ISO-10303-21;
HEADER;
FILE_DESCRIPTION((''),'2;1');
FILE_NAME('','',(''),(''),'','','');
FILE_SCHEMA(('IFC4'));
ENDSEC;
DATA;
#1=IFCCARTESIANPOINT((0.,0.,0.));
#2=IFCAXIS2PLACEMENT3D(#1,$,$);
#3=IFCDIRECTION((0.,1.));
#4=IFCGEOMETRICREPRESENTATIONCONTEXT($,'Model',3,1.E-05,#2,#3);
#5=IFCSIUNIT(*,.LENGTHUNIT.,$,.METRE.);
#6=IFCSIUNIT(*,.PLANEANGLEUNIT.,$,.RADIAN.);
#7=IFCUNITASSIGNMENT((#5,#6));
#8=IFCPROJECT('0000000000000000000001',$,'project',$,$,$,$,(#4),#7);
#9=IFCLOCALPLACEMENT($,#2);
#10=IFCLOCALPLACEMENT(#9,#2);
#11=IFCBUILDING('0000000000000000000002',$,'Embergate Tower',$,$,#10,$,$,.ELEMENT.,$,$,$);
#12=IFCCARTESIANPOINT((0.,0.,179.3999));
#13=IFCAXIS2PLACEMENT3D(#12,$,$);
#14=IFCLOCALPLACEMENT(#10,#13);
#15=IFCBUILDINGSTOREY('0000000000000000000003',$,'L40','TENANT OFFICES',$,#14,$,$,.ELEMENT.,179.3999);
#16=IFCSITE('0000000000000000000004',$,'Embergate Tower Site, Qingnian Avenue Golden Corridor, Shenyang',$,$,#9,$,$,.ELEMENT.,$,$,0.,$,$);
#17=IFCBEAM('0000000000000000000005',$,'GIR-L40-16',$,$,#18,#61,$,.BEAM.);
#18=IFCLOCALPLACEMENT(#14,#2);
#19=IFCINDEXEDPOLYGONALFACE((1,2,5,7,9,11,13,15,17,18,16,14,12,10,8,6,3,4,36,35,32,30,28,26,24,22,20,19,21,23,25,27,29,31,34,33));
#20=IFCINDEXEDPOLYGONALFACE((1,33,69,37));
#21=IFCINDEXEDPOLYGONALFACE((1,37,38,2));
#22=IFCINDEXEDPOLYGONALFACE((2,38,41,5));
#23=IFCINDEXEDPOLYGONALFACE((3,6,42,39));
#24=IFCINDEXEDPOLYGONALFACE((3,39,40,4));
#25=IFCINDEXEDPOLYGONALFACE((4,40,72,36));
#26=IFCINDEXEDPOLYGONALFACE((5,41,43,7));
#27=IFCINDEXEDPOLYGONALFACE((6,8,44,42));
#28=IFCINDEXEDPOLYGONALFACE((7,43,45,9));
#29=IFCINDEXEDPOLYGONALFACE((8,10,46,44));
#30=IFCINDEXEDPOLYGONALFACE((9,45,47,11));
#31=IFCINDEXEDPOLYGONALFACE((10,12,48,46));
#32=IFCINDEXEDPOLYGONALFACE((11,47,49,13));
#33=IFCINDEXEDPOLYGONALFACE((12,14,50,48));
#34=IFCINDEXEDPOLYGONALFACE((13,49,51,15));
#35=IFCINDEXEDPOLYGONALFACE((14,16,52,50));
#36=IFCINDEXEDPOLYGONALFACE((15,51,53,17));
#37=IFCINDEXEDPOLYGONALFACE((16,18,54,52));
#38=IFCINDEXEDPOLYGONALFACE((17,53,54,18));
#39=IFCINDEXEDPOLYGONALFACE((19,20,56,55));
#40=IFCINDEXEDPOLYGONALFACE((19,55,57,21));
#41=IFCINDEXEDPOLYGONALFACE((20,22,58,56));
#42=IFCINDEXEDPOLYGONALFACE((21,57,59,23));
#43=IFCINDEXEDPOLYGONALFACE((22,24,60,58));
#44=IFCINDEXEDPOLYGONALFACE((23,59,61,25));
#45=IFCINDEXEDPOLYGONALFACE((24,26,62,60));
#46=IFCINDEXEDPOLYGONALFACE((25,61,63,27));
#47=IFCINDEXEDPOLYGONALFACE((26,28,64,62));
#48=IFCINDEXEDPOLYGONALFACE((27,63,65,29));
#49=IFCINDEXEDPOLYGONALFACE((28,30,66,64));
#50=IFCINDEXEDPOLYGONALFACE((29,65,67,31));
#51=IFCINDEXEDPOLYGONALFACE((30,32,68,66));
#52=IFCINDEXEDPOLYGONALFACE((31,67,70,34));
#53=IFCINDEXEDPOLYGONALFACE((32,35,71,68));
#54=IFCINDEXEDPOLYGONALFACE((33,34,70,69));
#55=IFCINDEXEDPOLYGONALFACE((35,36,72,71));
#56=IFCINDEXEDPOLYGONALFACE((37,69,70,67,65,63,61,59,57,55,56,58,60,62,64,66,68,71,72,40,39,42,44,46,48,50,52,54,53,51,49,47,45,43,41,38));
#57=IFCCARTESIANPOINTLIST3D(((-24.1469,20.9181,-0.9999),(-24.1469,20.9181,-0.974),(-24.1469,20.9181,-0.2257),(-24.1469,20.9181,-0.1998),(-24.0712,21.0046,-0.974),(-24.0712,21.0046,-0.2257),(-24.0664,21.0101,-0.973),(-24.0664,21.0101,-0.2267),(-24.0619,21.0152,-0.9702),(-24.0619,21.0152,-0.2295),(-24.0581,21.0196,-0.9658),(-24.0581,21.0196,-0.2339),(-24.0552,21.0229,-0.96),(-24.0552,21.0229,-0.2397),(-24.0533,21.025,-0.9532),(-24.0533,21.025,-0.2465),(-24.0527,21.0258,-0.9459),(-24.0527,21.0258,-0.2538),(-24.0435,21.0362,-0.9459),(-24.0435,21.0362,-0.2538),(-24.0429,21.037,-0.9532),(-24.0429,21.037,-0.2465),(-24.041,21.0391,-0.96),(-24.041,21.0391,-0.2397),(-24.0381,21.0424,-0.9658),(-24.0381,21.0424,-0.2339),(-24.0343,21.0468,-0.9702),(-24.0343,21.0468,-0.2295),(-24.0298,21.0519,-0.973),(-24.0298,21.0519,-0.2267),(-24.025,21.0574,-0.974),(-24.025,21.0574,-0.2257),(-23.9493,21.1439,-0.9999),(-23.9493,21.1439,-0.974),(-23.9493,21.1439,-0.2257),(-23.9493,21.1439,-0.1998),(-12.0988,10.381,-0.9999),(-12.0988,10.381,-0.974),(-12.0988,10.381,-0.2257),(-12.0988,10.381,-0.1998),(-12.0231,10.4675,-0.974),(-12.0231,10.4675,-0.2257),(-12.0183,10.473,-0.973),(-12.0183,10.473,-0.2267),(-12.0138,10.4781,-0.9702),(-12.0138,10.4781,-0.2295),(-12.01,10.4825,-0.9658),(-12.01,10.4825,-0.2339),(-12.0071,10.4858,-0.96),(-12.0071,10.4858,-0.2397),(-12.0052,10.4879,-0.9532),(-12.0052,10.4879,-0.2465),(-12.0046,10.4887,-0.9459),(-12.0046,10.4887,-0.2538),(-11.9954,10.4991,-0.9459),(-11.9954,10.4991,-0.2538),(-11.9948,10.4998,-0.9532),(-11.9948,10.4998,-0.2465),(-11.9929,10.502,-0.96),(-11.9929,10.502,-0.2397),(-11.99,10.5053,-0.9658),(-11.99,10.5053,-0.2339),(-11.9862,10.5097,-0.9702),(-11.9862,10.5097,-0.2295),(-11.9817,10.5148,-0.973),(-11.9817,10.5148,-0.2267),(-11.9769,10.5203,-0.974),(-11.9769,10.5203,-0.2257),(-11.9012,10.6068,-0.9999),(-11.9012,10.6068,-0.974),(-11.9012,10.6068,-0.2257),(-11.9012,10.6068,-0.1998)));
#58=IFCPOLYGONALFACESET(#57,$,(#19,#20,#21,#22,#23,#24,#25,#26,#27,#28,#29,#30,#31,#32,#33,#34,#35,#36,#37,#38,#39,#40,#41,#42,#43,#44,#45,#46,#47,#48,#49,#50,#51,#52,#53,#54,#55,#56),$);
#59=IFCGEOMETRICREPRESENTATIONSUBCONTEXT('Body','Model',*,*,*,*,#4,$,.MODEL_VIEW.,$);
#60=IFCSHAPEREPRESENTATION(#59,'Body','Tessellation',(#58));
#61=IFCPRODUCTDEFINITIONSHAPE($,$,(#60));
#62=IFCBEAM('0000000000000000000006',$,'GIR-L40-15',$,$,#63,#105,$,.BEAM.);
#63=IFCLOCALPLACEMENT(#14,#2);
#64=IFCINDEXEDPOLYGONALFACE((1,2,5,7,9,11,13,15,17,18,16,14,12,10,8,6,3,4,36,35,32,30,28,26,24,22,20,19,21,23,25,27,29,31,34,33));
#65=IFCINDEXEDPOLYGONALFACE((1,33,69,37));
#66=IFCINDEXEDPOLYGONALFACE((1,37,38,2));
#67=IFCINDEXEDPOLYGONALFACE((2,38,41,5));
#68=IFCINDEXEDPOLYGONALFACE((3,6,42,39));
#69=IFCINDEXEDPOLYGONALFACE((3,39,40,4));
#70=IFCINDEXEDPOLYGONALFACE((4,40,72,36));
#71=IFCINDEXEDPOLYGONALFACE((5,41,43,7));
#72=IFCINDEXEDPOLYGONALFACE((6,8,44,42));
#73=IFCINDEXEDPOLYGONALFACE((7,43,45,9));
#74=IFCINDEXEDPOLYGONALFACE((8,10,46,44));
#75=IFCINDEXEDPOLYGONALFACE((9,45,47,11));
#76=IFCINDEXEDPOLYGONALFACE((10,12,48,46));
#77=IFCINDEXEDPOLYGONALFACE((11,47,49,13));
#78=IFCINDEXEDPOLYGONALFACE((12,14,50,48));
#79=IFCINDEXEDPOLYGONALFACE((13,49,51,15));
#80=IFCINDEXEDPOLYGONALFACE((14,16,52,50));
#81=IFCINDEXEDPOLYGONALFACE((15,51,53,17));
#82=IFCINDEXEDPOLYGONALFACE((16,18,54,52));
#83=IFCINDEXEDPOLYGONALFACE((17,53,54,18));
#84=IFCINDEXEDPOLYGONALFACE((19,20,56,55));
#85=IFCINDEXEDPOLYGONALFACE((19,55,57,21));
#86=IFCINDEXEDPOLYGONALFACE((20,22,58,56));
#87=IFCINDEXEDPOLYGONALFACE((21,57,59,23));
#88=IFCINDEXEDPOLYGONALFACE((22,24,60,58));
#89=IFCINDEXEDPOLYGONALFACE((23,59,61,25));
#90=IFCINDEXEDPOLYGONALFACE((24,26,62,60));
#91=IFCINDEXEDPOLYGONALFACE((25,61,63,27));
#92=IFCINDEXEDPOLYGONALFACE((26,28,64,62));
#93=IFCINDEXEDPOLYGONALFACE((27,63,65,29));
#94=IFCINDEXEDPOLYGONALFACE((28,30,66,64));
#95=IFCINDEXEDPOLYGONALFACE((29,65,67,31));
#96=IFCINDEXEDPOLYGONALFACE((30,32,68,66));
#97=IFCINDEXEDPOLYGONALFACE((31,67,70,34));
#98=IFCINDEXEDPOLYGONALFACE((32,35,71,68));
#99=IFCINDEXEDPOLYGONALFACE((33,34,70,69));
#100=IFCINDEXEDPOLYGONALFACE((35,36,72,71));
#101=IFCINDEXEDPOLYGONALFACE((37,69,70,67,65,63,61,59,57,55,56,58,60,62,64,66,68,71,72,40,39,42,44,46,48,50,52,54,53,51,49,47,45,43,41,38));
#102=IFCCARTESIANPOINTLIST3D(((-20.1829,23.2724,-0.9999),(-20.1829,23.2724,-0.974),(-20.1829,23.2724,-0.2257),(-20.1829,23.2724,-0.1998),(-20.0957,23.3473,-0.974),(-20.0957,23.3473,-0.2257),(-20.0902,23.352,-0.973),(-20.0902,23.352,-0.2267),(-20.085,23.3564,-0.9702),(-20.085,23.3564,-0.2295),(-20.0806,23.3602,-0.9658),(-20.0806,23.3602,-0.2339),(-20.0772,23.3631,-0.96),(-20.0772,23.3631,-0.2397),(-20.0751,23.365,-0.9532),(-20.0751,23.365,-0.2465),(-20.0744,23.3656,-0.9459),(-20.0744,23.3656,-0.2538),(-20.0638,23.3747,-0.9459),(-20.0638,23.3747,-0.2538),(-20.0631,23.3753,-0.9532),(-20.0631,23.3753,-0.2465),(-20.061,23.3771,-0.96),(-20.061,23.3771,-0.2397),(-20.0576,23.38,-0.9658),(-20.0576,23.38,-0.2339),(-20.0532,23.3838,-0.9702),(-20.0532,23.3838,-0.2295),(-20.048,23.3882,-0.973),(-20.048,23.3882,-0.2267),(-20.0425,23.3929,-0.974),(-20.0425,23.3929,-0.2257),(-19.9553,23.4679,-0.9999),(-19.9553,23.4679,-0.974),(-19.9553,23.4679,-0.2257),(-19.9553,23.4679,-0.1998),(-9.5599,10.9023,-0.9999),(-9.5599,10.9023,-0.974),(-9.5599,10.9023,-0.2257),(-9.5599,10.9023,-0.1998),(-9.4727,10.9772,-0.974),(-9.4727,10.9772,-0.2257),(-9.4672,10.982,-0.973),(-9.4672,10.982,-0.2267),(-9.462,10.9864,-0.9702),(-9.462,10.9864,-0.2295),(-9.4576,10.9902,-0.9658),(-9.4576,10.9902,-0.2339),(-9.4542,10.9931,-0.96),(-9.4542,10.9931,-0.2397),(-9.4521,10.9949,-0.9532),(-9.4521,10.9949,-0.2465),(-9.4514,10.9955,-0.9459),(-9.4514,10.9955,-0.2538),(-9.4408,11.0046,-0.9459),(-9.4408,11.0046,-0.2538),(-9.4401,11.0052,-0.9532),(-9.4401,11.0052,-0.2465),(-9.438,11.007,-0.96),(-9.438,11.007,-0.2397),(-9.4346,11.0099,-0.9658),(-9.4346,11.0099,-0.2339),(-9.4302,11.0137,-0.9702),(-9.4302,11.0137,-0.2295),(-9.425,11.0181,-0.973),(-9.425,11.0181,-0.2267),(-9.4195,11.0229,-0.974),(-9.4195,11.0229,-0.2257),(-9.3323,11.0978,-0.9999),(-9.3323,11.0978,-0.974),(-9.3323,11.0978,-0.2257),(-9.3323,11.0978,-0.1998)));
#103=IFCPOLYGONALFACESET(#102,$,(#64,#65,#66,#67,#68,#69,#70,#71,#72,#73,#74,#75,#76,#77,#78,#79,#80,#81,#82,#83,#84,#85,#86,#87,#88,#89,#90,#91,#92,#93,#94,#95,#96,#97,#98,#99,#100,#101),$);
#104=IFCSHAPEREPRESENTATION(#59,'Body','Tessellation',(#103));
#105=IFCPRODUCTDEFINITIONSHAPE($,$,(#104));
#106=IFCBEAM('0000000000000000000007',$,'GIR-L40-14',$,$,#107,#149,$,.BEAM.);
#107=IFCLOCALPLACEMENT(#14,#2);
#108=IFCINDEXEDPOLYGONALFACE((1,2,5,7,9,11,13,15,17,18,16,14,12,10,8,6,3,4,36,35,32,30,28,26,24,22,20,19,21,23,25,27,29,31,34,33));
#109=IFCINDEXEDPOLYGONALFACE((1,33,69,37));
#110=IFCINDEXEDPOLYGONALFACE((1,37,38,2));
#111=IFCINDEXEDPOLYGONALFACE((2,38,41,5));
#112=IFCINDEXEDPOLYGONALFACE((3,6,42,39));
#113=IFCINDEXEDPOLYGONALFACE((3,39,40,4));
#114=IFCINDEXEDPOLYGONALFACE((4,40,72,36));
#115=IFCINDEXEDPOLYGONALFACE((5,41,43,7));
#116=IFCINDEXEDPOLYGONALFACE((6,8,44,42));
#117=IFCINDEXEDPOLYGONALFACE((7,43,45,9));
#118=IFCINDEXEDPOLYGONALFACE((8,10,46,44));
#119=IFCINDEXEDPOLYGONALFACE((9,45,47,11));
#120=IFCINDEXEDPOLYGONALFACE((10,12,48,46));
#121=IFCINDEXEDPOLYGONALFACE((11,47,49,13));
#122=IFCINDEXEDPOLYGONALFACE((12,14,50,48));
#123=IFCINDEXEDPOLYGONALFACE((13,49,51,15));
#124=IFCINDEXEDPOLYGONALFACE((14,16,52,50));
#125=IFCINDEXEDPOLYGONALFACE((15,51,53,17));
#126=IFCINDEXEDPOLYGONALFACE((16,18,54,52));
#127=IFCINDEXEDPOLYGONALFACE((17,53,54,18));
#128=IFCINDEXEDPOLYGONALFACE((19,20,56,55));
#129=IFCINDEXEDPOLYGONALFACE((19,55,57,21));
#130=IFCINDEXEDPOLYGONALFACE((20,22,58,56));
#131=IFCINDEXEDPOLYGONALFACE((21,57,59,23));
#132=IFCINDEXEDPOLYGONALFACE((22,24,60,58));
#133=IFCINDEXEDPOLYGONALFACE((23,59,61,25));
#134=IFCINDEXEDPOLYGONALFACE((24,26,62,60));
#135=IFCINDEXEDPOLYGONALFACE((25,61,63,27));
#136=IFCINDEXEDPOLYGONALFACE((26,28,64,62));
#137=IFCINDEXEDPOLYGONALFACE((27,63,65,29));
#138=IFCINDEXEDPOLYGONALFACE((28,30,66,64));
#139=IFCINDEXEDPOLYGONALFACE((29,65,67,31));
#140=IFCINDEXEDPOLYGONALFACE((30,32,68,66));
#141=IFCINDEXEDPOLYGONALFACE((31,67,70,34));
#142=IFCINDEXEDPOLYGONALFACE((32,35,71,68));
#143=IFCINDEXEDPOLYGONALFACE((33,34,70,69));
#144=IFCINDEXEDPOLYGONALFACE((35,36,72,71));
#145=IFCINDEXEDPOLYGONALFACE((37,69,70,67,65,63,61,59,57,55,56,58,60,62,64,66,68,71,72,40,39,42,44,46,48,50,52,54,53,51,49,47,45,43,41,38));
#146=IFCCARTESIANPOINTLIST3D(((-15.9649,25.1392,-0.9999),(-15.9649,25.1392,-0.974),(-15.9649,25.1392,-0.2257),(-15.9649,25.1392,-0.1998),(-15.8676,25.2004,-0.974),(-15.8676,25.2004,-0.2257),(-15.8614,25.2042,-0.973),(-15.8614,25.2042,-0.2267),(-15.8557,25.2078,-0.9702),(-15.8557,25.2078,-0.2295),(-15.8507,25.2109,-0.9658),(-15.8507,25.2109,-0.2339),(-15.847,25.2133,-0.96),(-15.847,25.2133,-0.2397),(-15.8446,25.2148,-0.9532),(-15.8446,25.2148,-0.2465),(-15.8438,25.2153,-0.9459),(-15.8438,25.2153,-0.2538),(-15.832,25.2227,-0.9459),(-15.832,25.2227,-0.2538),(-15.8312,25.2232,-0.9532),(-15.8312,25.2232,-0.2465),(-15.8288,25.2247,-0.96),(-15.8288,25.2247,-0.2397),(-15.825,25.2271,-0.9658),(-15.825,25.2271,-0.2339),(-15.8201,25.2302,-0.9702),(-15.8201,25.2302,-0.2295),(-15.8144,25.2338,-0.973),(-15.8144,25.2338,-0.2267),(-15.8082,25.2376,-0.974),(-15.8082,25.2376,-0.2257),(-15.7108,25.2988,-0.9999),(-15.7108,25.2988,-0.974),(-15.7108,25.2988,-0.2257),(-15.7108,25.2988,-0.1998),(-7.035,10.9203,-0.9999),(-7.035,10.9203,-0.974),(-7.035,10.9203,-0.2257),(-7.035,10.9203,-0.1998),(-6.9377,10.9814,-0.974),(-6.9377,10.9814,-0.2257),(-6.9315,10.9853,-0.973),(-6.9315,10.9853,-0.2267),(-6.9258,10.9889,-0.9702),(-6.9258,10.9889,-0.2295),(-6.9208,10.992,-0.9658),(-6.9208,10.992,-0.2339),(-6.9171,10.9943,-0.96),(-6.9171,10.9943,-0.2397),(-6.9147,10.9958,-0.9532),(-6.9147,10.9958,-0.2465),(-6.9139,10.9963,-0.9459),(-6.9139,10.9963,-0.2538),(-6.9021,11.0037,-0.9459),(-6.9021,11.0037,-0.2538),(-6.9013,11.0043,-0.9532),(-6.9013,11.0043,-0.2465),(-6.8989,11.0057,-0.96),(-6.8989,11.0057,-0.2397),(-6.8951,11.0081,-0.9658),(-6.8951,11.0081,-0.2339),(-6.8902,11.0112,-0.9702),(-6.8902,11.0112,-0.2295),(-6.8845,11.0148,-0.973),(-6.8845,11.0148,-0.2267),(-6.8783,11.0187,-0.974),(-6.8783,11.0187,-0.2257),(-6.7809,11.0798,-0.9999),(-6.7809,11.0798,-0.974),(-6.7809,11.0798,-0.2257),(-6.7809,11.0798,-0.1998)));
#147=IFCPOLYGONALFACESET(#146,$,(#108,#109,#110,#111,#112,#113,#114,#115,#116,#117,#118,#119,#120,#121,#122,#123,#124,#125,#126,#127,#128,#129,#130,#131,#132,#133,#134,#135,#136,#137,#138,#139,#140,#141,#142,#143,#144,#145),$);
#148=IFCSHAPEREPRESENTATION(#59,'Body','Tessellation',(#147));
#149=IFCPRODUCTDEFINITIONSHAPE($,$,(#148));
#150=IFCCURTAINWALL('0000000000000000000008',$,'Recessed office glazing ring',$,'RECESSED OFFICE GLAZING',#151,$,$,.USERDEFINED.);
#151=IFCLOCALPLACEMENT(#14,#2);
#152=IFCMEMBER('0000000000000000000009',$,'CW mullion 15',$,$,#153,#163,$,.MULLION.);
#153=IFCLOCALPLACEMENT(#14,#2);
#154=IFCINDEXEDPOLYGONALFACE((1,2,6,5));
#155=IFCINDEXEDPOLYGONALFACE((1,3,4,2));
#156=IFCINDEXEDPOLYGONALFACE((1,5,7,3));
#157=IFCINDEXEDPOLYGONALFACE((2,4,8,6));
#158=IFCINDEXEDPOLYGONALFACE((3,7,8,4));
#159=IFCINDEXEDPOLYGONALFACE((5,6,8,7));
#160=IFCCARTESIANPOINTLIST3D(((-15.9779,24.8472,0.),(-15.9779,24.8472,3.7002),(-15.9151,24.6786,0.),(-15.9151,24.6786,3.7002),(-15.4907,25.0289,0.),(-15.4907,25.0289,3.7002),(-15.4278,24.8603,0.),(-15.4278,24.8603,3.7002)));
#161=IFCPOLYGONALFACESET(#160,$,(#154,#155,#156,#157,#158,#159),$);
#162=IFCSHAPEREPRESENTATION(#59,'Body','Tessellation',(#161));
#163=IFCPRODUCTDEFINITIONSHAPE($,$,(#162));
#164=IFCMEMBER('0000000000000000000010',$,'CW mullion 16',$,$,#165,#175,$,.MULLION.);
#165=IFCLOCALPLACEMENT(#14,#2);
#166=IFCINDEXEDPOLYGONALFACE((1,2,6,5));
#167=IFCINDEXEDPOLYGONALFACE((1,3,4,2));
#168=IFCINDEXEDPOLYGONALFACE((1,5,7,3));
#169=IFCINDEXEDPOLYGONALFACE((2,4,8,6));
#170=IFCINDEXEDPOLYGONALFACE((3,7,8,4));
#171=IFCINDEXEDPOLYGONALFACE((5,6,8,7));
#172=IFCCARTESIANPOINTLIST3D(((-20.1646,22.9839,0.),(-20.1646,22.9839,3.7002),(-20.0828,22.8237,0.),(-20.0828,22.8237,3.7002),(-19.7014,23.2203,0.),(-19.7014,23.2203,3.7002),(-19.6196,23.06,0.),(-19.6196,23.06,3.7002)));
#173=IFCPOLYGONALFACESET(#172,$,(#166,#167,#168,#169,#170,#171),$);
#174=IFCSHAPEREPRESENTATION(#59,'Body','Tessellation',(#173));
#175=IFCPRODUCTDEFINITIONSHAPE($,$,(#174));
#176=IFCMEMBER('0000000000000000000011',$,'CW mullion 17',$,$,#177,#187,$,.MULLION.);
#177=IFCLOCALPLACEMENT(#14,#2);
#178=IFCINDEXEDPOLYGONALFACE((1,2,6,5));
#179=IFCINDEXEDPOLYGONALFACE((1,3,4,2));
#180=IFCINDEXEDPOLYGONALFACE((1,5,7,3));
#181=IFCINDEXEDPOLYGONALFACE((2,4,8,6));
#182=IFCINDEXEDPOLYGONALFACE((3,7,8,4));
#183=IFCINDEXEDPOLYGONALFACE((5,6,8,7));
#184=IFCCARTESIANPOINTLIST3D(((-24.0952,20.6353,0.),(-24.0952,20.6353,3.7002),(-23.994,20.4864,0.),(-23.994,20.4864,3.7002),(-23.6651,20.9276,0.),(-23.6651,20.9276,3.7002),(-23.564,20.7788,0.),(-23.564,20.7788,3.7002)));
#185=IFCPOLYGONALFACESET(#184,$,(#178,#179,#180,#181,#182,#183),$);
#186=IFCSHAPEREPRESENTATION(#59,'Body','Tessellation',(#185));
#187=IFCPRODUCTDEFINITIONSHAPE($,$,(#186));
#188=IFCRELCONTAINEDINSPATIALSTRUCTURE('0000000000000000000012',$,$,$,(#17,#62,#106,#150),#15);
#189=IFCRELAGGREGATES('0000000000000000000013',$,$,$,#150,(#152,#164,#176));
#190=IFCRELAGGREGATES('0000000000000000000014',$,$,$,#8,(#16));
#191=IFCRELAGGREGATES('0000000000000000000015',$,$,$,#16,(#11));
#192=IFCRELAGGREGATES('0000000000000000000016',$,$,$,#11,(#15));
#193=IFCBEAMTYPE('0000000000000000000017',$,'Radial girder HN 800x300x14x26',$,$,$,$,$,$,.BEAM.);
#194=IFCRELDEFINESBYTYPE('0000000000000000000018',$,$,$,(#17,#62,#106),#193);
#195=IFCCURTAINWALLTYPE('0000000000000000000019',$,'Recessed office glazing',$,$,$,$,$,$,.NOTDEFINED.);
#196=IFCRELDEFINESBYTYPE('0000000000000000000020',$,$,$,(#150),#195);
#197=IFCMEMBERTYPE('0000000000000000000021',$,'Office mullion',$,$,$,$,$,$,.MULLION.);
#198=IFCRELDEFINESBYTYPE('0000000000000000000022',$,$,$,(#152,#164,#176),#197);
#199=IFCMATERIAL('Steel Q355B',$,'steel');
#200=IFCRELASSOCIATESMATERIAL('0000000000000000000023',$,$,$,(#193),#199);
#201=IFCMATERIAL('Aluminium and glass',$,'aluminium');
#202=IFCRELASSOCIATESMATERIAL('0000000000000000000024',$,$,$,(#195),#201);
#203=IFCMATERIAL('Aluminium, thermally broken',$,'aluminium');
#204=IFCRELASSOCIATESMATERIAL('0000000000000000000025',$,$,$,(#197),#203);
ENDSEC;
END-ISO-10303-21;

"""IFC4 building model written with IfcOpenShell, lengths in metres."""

from ifc_helpers import new_model, si_unit, direction, frame, origin, origin_2d, place, context, subcontext, project, spatial, rectangle, i_section, extrude, source, transform, mapped, material, material_profile, profile_set, type_object, element, aggregate, save


model = new_model("IFC4")

# Units and contexts
model_context = context("Model", 3, precision=1e-05, world=origin(), true_north=direction((0.0, 1.0)))
body_context = subcontext(model_context, "Body", "Model", "MODEL_VIEW")
ifc_project = project(units=[si_unit("LENGTHUNIT", "METRE"), si_unit("PLANEANGLEUNIT", "RADIAN")], contexts=[model_context])

# Site, building, storey
site_placement = place(None, origin())
site = spatial("IfcSite", under=ifc_project, at=site_placement, Name="Embergate Tower Site, Qingnian Avenue Golden Corridor, Shenyang", CompositionType="ELEMENT", RefElevation=0.0)
building_placement = place(site_placement, origin())
building = spatial("IfcBuilding", under=site, at=building_placement, Name="Embergate Tower", CompositionType="ELEMENT")
storey_placement = place(building_placement, frame((0.0, 0.0, 179.3999)))
storey = spatial("IfcBuildingStorey", under=building, at=storey_placement, Name="L40", Description="TENANT OFFICES", CompositionType="ELEMENT", Elevation=179.3999)

# Beams
ifc_material_1 = material(Name="Steel Q355B", Category="steel")
ifc_material_profile_1 = material_profile(ifc_material_1, i_section(OverallWidth=0.3, OverallDepth=0.8, WebThickness=0.0139, FlangeThickness=0.0259, FilletRadius=0.0281, at=origin_2d()), Name="HN 800x300x14x26")
ifc_profile_set_1 = profile_set([ifc_material_profile_1], Name="Steel Q355 grade B")
beam_type_1 = type_object("IfcBeamType", Name="Radial girder HN 800x300x14x26", PredefinedType="BEAM", material=ifc_profile_set_1)
shared_shape_1 = source(origin(), body_context, "Body", "SweptSolid", [
    extrude(i_section(OverallWidth=0.3, OverallDepth=0.8, WebThickness=0.0139, FlangeThickness=0.0259, FilletRadius=0.0281, at=origin_2d()), origin(), (0.0, 0.0, 1.0), 16.0059),
])
beam_1_placement = place(storey_placement, frame((-24.0481, 21.031, -0.5999), z_axis=(0.752731, -0.658329, 0.0), x_axis=(0.658329, 0.752731, 0.0)))
element("IfcBeam", 1, at=beam_1_placement, inside=storey, type_object=beam_type_1, Name="GIR-L40-16", PredefinedType="BEAM", context=body_context, shape_type="MappedRepresentation", body=[
    mapped(shared_shape_1, transform((0.0, 0.0, 0.0))),
])
shared_shape_2 = source(origin(), body_context, "Body", "SweptSolid", [
    extrude(i_section(OverallWidth=0.3, OverallDepth=0.8, WebThickness=0.0139, FlangeThickness=0.0259, FilletRadius=0.0281, at=origin_2d()), origin(), (0.0, 0.0, 1.0), 16.3054),
])
beam_2_placement = place(storey_placement, frame((-20.0691, 23.3701, -0.5999), z_axis=(0.651501, -0.758647, 0.0), x_axis=(0.758647, 0.651501, 0.0)))
element("IfcBeam", 2, at=beam_2_placement, inside=storey, type_object=beam_type_1, Name="GIR-L40-15", PredefinedType="BEAM", context=body_context, shape_type="MappedRepresentation", body=[
    mapped(shared_shape_2, transform((0.0, 0.0, 0.0))),
])
shared_shape_3 = source(origin(), body_context, "Body", "SweptSolid", [
    extrude(i_section(OverallWidth=0.3, OverallDepth=0.8, WebThickness=0.0139, FlangeThickness=0.0259, FilletRadius=0.0281, at=origin_2d()), origin(), (0.0, 0.0, 1.0), 16.7905),
])
beam_3_placement = place(storey_placement, frame((-15.8379, 25.219, -0.5999), z_axis=(0.531842, -0.846844, 0.0), x_axis=(0.846844, 0.531842, 0.0)))
element("IfcBeam", 3, at=beam_3_placement, inside=storey, type_object=beam_type_1, Name="GIR-L40-14", PredefinedType="BEAM", context=body_context, shape_type="MappedRepresentation", body=[
    mapped(shared_shape_3, transform((0.0, 0.0, 0.0))),
])

# Curtain wall, members
ifc_material_2 = material(Name="Aluminium and glass", Category="aluminium")
curtain_wall_type = type_object("IfcCurtainWallType", Name="Recessed office glazing", PredefinedType="NOTDEFINED", material=ifc_material_2)
curtain_wall_placement = place(storey_placement, origin())
curtain_wall = element("IfcCurtainWall", 4, at=curtain_wall_placement, inside=storey, type_object=curtain_wall_type, Name="Recessed office glazing ring", ObjectType="RECESSED OFFICE GLAZING", PredefinedType="USERDEFINED")
ifc_material_3 = material(Name="Aluminium, thermally broken", Category="aluminium")
ifc_material_profile_2 = material_profile(ifc_material_3, rectangle(XDim=0.1799, YDim=0.52, at=origin_2d()), Name="AL 520x180")
ifc_profile_set_2 = profile_set([ifc_material_profile_2], Name="Aluminium, thermally broken")
member_type_1 = type_object("IfcMemberType", Name="Office mullion", PredefinedType="MULLION", material=ifc_profile_set_2)
shared_shape_4 = source(origin(), body_context, "Body", "SweptSolid", [
    extrude(rectangle(XDim=0.1799, YDim=0.52, at=origin_2d()), origin(), (0.0, 0.0, 1.0), 3.7002),
])
member_1_placement = place(storey_placement, frame((-15.7029, 24.8538, 0.0), z_axis=(0.0, 0.0, 1.0), x_axis=(0.349498, -0.936937, 0.0)))
member_1 = element("IfcMember", 5, at=member_1_placement, type_object=member_type_1, Name="CW mullion 15", PredefinedType="MULLION", context=body_context, shape_type="MappedRepresentation", body=[
    mapped(shared_shape_4, transform((0.0, 0.0, 0.0))),
])
member_2_placement = place(storey_placement, frame((-19.8921, 23.022, 0.0), z_axis=(0.0, 0.0, 1.0), x_axis=(0.454505, -0.890744, 0.0)))
member_2 = element("IfcMember", 6, at=member_2_placement, type_object=member_type_1, Name="CW mullion 16", PredefinedType="MULLION", context=body_context, shape_type="MappedRepresentation", body=[
    mapped(shared_shape_4, transform((0.0, 0.0, 0.0))),
])
member_3_placement = place(storey_placement, frame((-23.8296, 20.707, 0.0), z_axis=(0.0, 0.0, 1.0), x_axis=(0.56221, -0.826994, 0.0)))
member_3 = element("IfcMember", 7, at=member_3_placement, type_object=member_type_1, Name="CW mullion 17", PredefinedType="MULLION", context=body_context, shape_type="MappedRepresentation", body=[
    mapped(shared_shape_4, transform((0.0, 0.0, 0.0))),
])
aggregate(curtain_wall, [member_1, member_2, member_3])

save(model, "model.ifc")
